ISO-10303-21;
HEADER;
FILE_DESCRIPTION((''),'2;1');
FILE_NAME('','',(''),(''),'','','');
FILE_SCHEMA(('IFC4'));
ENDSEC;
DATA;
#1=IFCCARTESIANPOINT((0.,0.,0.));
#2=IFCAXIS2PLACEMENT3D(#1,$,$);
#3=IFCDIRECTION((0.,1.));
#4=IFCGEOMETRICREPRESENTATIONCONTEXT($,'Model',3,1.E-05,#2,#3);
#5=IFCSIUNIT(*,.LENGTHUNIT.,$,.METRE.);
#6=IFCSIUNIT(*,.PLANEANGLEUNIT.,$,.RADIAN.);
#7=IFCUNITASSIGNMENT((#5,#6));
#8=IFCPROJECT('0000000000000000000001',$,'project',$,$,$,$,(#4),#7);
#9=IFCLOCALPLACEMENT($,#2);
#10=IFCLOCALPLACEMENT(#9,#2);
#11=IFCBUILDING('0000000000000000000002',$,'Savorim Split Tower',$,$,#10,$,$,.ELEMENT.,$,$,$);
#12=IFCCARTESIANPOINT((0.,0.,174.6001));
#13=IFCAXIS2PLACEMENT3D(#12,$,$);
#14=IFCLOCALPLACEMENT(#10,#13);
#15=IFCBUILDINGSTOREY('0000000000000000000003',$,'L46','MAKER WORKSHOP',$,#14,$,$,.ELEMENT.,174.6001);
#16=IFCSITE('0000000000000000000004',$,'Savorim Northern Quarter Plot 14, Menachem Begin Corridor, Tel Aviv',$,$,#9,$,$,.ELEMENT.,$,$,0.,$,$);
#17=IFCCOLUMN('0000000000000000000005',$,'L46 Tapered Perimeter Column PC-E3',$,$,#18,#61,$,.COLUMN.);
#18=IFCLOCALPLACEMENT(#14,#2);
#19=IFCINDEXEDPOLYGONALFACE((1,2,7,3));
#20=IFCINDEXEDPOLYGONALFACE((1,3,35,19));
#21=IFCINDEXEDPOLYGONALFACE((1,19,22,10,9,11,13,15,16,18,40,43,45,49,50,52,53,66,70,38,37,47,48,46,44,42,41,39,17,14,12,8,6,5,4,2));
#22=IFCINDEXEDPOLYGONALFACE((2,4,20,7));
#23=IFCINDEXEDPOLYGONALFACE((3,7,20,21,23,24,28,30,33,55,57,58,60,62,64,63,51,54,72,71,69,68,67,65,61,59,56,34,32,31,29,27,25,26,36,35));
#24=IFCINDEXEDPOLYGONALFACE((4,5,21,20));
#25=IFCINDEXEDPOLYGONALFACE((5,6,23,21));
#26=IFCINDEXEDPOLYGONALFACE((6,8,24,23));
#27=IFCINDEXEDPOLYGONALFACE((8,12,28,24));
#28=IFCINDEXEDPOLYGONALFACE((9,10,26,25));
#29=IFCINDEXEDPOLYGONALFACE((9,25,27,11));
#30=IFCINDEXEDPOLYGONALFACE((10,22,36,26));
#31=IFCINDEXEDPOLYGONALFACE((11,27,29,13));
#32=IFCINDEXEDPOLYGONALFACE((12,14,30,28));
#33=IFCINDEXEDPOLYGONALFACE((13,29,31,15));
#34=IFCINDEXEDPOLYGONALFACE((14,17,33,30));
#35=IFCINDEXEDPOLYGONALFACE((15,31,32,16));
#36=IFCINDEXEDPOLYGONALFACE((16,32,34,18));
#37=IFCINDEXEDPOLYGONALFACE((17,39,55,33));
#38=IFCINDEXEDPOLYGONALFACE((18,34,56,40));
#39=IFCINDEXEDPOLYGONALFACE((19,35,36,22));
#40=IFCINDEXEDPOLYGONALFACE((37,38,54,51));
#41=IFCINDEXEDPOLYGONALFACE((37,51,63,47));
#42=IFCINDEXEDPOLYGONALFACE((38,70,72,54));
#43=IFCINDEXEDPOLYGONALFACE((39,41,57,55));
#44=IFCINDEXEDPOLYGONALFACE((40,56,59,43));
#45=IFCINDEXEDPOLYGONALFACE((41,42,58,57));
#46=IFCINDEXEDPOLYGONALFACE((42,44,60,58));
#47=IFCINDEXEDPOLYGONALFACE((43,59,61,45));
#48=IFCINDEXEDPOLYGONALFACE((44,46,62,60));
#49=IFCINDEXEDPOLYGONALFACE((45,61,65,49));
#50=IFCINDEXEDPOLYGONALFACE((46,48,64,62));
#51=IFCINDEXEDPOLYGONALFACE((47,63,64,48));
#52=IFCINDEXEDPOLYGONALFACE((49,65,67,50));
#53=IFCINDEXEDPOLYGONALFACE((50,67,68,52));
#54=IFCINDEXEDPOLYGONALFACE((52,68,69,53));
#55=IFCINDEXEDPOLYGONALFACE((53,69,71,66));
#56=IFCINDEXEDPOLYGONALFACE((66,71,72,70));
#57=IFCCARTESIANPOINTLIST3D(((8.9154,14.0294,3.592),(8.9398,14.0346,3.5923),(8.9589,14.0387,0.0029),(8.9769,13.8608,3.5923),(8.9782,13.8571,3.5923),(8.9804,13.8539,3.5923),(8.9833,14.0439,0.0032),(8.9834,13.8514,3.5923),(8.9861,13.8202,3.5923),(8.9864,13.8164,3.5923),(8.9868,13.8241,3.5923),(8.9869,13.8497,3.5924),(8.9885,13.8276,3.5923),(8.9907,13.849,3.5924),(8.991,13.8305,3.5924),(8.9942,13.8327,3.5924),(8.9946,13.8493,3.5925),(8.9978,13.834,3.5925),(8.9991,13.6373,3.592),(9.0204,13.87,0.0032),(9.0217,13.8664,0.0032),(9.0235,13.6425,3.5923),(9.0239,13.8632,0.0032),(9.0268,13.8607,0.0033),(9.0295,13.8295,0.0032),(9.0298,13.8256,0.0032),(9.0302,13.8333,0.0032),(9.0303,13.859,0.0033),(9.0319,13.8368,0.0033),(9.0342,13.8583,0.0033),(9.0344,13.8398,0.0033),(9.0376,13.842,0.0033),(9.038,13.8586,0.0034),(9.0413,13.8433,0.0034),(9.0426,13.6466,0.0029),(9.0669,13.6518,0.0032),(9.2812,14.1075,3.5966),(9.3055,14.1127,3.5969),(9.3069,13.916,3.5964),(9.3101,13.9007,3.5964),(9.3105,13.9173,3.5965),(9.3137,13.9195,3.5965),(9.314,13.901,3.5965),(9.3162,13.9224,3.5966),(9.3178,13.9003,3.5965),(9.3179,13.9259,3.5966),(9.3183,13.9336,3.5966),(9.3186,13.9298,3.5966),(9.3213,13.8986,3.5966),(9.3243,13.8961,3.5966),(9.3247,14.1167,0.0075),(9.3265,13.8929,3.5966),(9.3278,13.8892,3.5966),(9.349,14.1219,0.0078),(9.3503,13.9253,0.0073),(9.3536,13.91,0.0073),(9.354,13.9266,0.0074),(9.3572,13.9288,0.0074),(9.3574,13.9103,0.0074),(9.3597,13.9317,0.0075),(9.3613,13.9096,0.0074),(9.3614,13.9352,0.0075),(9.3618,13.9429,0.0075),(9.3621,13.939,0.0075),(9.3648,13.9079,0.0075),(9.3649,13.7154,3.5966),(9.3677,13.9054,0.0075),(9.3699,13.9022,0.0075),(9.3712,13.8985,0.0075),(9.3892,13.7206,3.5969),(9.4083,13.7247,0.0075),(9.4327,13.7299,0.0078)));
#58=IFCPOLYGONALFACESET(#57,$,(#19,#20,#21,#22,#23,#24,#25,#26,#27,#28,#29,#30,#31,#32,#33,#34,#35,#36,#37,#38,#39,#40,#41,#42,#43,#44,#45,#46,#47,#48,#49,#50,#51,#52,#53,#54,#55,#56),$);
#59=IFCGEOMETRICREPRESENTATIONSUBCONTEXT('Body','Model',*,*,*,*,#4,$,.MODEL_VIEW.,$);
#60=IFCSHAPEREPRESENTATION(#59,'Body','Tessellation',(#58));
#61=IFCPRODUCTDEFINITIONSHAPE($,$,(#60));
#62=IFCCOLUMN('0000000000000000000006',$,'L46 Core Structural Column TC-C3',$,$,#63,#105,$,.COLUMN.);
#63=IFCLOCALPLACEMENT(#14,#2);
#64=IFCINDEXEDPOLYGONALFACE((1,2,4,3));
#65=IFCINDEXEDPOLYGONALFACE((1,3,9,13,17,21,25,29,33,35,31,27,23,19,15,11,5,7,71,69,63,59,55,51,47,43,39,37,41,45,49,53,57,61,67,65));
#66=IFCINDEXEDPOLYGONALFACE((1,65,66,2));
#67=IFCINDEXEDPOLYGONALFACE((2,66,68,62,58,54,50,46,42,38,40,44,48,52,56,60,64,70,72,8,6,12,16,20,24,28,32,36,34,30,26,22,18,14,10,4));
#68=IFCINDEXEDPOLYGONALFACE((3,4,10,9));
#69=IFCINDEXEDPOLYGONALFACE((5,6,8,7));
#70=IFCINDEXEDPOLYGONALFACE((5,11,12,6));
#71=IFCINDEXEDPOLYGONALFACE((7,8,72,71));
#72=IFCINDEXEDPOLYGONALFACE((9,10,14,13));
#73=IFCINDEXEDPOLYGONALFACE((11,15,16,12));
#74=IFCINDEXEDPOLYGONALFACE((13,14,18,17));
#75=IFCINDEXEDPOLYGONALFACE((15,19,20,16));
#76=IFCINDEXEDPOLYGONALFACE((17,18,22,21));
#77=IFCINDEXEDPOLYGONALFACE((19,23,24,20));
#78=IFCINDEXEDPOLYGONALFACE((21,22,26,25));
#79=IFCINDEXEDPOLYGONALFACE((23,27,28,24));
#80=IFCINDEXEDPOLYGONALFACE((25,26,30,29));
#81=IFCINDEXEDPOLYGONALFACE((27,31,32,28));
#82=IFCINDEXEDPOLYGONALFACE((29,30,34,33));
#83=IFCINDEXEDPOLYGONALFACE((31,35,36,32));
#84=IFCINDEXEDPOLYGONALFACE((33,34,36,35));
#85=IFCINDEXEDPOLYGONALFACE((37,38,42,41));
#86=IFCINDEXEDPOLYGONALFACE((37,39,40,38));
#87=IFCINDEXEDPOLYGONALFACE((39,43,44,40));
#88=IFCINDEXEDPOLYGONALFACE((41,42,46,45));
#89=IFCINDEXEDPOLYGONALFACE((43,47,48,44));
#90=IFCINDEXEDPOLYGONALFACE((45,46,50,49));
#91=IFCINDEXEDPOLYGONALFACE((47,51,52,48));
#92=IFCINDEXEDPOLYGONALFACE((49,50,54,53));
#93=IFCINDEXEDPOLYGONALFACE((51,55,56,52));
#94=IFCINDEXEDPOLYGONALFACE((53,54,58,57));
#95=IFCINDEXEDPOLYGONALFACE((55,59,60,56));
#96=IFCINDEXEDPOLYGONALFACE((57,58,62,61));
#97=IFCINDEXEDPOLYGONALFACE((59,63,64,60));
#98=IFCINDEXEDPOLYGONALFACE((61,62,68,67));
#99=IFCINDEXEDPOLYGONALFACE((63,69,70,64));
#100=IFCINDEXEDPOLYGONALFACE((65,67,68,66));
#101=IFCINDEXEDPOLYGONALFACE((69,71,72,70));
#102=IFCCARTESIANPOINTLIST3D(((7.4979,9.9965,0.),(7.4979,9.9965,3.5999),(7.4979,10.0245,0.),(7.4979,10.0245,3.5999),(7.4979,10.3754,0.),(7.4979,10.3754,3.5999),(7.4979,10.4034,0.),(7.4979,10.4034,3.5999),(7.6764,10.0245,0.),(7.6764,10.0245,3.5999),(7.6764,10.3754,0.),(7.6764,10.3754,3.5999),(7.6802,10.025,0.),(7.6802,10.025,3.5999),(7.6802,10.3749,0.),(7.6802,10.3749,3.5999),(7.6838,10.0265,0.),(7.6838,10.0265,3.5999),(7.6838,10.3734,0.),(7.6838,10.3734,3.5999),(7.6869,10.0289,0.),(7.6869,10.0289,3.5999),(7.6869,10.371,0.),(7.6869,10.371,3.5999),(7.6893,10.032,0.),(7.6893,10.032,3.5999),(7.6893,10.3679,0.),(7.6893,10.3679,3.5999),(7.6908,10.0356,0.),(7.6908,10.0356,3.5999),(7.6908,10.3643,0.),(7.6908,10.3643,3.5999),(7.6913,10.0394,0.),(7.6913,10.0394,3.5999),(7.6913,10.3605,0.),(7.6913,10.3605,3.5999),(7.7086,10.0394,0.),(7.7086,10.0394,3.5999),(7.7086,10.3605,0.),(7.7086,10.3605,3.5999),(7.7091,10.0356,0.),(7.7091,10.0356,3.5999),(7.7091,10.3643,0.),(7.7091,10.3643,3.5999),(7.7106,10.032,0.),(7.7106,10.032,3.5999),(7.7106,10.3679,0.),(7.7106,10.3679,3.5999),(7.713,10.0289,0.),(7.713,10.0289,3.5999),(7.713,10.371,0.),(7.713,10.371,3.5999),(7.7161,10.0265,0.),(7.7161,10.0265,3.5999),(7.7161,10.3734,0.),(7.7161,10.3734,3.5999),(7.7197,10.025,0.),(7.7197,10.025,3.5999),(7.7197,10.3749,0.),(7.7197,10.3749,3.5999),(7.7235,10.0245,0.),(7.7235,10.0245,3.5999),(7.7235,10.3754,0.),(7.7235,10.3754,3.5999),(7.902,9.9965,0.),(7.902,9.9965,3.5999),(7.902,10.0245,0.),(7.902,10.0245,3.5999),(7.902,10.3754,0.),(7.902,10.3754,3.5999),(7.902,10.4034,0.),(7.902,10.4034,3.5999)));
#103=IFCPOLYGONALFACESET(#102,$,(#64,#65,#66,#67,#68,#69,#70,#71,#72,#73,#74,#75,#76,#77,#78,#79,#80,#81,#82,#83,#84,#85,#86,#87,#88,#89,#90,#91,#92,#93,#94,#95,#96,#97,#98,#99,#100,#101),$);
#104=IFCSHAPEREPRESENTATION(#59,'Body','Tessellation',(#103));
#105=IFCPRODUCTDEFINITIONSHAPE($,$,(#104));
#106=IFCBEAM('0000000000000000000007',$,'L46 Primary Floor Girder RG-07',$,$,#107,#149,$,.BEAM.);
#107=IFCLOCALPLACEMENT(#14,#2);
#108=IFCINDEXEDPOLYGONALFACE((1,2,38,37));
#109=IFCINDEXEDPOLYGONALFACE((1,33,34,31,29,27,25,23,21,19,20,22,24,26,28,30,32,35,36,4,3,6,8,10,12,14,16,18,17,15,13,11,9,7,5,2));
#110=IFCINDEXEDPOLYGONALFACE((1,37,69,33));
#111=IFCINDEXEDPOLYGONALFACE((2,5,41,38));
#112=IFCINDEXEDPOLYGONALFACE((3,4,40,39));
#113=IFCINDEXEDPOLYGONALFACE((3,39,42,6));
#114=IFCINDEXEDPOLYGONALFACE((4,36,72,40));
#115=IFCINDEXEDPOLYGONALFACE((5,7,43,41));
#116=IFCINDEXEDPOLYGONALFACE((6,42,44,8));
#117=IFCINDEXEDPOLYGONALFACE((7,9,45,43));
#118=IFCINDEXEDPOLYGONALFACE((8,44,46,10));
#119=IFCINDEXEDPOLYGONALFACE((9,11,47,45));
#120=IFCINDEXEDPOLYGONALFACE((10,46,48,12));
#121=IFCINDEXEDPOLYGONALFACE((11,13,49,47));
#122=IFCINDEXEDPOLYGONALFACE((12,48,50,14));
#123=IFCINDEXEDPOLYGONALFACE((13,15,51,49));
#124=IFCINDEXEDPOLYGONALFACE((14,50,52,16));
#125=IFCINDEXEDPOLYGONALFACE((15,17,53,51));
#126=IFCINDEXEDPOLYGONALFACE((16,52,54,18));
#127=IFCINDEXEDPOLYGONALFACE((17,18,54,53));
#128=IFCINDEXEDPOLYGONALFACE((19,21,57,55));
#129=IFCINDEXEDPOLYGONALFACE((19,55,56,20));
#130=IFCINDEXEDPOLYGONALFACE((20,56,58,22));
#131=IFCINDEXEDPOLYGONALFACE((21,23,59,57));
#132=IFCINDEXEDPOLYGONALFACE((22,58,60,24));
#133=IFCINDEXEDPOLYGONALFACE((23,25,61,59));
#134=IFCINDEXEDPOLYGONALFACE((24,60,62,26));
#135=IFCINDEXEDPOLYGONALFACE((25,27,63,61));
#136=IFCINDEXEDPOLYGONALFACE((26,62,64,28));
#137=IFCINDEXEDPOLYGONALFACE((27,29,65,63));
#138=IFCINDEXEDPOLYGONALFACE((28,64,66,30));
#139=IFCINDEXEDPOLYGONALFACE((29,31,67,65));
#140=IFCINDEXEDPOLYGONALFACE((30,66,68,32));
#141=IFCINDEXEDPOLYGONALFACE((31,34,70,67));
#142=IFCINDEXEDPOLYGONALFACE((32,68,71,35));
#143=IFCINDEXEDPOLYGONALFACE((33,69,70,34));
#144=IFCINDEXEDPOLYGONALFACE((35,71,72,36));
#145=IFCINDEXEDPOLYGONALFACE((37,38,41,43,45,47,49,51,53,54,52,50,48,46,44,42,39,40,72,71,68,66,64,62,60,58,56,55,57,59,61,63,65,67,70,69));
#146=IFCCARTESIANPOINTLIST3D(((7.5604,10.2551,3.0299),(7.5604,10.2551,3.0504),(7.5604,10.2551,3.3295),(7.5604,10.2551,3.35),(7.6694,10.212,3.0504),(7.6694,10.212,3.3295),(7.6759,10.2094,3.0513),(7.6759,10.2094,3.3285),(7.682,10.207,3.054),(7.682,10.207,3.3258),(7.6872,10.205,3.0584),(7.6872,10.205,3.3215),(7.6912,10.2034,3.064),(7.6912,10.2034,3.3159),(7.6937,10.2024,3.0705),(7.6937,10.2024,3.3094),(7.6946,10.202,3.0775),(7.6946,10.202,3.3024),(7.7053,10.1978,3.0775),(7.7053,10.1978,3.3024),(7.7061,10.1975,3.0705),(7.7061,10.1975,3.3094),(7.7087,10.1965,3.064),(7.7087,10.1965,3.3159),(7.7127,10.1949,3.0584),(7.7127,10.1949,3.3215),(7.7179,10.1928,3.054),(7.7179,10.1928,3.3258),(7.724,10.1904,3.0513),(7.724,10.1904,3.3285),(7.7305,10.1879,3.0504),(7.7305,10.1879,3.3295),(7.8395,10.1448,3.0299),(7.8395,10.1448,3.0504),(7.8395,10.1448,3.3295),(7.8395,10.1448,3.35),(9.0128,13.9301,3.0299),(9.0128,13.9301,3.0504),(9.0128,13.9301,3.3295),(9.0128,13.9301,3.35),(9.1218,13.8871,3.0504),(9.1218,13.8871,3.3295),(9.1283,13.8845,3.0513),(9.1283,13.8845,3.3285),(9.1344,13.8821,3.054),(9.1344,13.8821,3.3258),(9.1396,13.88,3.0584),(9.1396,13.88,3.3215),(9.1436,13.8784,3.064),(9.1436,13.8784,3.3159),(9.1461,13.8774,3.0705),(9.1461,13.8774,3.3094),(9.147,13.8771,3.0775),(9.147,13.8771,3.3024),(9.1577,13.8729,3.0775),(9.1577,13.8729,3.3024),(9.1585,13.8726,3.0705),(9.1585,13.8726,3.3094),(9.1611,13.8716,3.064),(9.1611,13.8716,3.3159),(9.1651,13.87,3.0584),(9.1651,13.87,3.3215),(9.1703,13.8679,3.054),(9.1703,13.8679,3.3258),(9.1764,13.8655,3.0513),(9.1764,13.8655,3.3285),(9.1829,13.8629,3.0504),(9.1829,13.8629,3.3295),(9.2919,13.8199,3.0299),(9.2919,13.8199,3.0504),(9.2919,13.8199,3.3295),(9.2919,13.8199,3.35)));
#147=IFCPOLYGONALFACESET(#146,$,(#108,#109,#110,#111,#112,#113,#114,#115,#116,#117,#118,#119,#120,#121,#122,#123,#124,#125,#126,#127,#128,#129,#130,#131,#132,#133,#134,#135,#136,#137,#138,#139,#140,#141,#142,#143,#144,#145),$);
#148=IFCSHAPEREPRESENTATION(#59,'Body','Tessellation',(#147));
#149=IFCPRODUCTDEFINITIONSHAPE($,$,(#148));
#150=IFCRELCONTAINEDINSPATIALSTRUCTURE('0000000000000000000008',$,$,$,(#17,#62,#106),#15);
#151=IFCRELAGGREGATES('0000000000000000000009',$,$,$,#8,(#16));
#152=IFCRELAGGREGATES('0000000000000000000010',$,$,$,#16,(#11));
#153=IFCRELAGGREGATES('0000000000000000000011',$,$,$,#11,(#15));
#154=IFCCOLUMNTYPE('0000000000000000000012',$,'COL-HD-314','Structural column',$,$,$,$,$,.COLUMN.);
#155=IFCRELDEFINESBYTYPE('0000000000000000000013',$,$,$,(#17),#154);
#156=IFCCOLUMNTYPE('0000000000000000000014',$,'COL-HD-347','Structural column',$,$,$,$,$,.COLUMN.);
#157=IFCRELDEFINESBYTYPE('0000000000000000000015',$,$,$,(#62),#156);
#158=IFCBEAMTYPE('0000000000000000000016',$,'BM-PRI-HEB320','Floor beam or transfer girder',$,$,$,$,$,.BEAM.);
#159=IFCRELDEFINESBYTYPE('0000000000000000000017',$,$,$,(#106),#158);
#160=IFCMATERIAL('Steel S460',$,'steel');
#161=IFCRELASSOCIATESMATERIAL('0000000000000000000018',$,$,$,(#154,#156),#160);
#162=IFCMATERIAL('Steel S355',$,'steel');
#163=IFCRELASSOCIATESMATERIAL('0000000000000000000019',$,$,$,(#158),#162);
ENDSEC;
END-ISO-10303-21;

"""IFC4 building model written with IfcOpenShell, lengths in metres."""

from ifc_helpers import new_model, si_unit, direction, frame, origin, origin_2d, place, context, subcontext, project, spatial, i_section, extrude, material, material_profile, profile_set, type_object, element, save


model = new_model("IFC4")

# Units and contexts
model_context = context("Model", 3, precision=1e-05, world=origin(), true_north=direction((0.0, 1.0)))
body_context = subcontext(model_context, "Body", "Model", "MODEL_VIEW")
ifc_project = project(units=[si_unit("LENGTHUNIT", "METRE"), si_unit("PLANEANGLEUNIT", "RADIAN")], contexts=[model_context])

# Site, building, storey
site_placement = place(None, origin())
site = spatial("IfcSite", under=ifc_project, at=site_placement, Name="Savorim Northern Quarter Plot 14, Menachem Begin Corridor, Tel Aviv", CompositionType="ELEMENT", RefElevation=0.0)
building_placement = place(site_placement, origin())
building = spatial("IfcBuilding", under=site, at=building_placement, Name="Savorim Split Tower", CompositionType="ELEMENT")
storey_placement = place(building_placement, frame((0.0, 0.0, 174.6001)))
storey = spatial("IfcBuildingStorey", under=building, at=storey_placement, Name="L46", Description="MAKER WORKSHOP", CompositionType="ELEMENT", Elevation=174.6001)

# Columns
ifc_material_1 = material(Name="Steel S460", Category="steel")
ifc_material_profile_1 = material_profile(ifc_material_1, i_section(OverallWidth=0.4009, OverallDepth=0.3989, WebThickness=0.0156, FlangeThickness=0.0249, FilletRadius=0.0149, at=origin_2d()), Name="HD 400x314")
ifc_profile_set_1 = profile_set([ifc_material_profile_1], Name="Steel S460")
column_type_1 = type_object("IfcColumnType", Name="COL-HD-314", Description="Structural column", PredefinedType="COLUMN", material=ifc_profile_set_1)
column_1_placement = place(storey_placement, frame((9.1958, 13.8843, 0.0054), z_axis=(-0.012107, -0.002585, 0.999923), x_axis=(0.208779, -0.977963, 0.0)))
element("IfcColumn", 1, at=column_1_placement, inside=storey, type_object=column_type_1, Name="L46 Tapered Perimeter Column PC-E3", PredefinedType="COLUMN", context=body_context, shape_type="SweptSolid", body=[
    extrude(i_section(OverallWidth=0.4009, OverallDepth=0.3989, WebThickness=0.0156, FlangeThickness=0.0249, FilletRadius=0.0149, at=origin_2d()), origin(), (0.0, 0.0, 1.0), 3.5894),
])
ifc_material_profile_2 = material_profile(ifc_material_1, i_section(OverallWidth=0.4041, OverallDepth=0.407, WebThickness=0.0173, FlangeThickness=0.0281, FilletRadius=0.0149, at=origin_2d()), Name="HD 400x347")
ifc_profile_set_2 = profile_set([ifc_material_profile_2], Name="Steel S460")
column_type_2 = type_object("IfcColumnType", Name="COL-HD-347", Description="Structural column", PredefinedType="COLUMN", material=ifc_profile_set_2)
column_2_placement = place(storey_placement, frame((7.7, 10.2, 0.0), z_axis=(0.0, 0.0, 1.0), x_axis=(1.0, 0.0, 0.0)))
element("IfcColumn", 2, at=column_2_placement, inside=storey, type_object=column_type_2, Name="L46 Core Structural Column TC-C3", PredefinedType="COLUMN", context=body_context, shape_type="SweptSolid", body=[
    extrude(i_section(OverallWidth=0.4041, OverallDepth=0.407, WebThickness=0.0173, FlangeThickness=0.0281, FilletRadius=0.0149, at=origin_2d()), origin(), (0.0, 0.0, 1.0), 3.5999),
])

# Beam
ifc_material_2 = material(Name="Steel S355", Category="steel")
ifc_material_profile_3 = material_profile(ifc_material_2, i_section(OverallWidth=0.3, OverallDepth=0.3201, WebThickness=0.0115, FlangeThickness=0.0205, FilletRadius=0.0271, at=origin_2d()), Name="HEB 320")
ifc_profile_set_3 = profile_set([ifc_material_profile_3], Name="Steel S355")
beam_type_1 = type_object("IfcBeamType", Name="BM-PRI-HEB320", Description="Floor beam or transfer girder", PredefinedType="BEAM", material=ifc_profile_set_3)
beam_1_placement = place(storey_placement, frame((9.1523, 13.875, 3.1899), z_axis=(-0.367542, -0.930007, 0.0), x_axis=(0.930007, -0.367542, 0.0)))
element("IfcBeam", 3, at=beam_1_placement, inside=storey, type_object=beam_type_1, Name="L46 Primary Floor Girder RG-07", PredefinedType="BEAM", context=body_context, shape_type="SweptSolid", body=[
    extrude(i_section(OverallWidth=0.3, OverallDepth=0.3201, WebThickness=0.0115, FlangeThickness=0.0205, FilletRadius=0.0271, at=origin_2d()), origin(), (0.0, 0.0, 1.0), 3.9517),
])

save(model, "model.ifc")
